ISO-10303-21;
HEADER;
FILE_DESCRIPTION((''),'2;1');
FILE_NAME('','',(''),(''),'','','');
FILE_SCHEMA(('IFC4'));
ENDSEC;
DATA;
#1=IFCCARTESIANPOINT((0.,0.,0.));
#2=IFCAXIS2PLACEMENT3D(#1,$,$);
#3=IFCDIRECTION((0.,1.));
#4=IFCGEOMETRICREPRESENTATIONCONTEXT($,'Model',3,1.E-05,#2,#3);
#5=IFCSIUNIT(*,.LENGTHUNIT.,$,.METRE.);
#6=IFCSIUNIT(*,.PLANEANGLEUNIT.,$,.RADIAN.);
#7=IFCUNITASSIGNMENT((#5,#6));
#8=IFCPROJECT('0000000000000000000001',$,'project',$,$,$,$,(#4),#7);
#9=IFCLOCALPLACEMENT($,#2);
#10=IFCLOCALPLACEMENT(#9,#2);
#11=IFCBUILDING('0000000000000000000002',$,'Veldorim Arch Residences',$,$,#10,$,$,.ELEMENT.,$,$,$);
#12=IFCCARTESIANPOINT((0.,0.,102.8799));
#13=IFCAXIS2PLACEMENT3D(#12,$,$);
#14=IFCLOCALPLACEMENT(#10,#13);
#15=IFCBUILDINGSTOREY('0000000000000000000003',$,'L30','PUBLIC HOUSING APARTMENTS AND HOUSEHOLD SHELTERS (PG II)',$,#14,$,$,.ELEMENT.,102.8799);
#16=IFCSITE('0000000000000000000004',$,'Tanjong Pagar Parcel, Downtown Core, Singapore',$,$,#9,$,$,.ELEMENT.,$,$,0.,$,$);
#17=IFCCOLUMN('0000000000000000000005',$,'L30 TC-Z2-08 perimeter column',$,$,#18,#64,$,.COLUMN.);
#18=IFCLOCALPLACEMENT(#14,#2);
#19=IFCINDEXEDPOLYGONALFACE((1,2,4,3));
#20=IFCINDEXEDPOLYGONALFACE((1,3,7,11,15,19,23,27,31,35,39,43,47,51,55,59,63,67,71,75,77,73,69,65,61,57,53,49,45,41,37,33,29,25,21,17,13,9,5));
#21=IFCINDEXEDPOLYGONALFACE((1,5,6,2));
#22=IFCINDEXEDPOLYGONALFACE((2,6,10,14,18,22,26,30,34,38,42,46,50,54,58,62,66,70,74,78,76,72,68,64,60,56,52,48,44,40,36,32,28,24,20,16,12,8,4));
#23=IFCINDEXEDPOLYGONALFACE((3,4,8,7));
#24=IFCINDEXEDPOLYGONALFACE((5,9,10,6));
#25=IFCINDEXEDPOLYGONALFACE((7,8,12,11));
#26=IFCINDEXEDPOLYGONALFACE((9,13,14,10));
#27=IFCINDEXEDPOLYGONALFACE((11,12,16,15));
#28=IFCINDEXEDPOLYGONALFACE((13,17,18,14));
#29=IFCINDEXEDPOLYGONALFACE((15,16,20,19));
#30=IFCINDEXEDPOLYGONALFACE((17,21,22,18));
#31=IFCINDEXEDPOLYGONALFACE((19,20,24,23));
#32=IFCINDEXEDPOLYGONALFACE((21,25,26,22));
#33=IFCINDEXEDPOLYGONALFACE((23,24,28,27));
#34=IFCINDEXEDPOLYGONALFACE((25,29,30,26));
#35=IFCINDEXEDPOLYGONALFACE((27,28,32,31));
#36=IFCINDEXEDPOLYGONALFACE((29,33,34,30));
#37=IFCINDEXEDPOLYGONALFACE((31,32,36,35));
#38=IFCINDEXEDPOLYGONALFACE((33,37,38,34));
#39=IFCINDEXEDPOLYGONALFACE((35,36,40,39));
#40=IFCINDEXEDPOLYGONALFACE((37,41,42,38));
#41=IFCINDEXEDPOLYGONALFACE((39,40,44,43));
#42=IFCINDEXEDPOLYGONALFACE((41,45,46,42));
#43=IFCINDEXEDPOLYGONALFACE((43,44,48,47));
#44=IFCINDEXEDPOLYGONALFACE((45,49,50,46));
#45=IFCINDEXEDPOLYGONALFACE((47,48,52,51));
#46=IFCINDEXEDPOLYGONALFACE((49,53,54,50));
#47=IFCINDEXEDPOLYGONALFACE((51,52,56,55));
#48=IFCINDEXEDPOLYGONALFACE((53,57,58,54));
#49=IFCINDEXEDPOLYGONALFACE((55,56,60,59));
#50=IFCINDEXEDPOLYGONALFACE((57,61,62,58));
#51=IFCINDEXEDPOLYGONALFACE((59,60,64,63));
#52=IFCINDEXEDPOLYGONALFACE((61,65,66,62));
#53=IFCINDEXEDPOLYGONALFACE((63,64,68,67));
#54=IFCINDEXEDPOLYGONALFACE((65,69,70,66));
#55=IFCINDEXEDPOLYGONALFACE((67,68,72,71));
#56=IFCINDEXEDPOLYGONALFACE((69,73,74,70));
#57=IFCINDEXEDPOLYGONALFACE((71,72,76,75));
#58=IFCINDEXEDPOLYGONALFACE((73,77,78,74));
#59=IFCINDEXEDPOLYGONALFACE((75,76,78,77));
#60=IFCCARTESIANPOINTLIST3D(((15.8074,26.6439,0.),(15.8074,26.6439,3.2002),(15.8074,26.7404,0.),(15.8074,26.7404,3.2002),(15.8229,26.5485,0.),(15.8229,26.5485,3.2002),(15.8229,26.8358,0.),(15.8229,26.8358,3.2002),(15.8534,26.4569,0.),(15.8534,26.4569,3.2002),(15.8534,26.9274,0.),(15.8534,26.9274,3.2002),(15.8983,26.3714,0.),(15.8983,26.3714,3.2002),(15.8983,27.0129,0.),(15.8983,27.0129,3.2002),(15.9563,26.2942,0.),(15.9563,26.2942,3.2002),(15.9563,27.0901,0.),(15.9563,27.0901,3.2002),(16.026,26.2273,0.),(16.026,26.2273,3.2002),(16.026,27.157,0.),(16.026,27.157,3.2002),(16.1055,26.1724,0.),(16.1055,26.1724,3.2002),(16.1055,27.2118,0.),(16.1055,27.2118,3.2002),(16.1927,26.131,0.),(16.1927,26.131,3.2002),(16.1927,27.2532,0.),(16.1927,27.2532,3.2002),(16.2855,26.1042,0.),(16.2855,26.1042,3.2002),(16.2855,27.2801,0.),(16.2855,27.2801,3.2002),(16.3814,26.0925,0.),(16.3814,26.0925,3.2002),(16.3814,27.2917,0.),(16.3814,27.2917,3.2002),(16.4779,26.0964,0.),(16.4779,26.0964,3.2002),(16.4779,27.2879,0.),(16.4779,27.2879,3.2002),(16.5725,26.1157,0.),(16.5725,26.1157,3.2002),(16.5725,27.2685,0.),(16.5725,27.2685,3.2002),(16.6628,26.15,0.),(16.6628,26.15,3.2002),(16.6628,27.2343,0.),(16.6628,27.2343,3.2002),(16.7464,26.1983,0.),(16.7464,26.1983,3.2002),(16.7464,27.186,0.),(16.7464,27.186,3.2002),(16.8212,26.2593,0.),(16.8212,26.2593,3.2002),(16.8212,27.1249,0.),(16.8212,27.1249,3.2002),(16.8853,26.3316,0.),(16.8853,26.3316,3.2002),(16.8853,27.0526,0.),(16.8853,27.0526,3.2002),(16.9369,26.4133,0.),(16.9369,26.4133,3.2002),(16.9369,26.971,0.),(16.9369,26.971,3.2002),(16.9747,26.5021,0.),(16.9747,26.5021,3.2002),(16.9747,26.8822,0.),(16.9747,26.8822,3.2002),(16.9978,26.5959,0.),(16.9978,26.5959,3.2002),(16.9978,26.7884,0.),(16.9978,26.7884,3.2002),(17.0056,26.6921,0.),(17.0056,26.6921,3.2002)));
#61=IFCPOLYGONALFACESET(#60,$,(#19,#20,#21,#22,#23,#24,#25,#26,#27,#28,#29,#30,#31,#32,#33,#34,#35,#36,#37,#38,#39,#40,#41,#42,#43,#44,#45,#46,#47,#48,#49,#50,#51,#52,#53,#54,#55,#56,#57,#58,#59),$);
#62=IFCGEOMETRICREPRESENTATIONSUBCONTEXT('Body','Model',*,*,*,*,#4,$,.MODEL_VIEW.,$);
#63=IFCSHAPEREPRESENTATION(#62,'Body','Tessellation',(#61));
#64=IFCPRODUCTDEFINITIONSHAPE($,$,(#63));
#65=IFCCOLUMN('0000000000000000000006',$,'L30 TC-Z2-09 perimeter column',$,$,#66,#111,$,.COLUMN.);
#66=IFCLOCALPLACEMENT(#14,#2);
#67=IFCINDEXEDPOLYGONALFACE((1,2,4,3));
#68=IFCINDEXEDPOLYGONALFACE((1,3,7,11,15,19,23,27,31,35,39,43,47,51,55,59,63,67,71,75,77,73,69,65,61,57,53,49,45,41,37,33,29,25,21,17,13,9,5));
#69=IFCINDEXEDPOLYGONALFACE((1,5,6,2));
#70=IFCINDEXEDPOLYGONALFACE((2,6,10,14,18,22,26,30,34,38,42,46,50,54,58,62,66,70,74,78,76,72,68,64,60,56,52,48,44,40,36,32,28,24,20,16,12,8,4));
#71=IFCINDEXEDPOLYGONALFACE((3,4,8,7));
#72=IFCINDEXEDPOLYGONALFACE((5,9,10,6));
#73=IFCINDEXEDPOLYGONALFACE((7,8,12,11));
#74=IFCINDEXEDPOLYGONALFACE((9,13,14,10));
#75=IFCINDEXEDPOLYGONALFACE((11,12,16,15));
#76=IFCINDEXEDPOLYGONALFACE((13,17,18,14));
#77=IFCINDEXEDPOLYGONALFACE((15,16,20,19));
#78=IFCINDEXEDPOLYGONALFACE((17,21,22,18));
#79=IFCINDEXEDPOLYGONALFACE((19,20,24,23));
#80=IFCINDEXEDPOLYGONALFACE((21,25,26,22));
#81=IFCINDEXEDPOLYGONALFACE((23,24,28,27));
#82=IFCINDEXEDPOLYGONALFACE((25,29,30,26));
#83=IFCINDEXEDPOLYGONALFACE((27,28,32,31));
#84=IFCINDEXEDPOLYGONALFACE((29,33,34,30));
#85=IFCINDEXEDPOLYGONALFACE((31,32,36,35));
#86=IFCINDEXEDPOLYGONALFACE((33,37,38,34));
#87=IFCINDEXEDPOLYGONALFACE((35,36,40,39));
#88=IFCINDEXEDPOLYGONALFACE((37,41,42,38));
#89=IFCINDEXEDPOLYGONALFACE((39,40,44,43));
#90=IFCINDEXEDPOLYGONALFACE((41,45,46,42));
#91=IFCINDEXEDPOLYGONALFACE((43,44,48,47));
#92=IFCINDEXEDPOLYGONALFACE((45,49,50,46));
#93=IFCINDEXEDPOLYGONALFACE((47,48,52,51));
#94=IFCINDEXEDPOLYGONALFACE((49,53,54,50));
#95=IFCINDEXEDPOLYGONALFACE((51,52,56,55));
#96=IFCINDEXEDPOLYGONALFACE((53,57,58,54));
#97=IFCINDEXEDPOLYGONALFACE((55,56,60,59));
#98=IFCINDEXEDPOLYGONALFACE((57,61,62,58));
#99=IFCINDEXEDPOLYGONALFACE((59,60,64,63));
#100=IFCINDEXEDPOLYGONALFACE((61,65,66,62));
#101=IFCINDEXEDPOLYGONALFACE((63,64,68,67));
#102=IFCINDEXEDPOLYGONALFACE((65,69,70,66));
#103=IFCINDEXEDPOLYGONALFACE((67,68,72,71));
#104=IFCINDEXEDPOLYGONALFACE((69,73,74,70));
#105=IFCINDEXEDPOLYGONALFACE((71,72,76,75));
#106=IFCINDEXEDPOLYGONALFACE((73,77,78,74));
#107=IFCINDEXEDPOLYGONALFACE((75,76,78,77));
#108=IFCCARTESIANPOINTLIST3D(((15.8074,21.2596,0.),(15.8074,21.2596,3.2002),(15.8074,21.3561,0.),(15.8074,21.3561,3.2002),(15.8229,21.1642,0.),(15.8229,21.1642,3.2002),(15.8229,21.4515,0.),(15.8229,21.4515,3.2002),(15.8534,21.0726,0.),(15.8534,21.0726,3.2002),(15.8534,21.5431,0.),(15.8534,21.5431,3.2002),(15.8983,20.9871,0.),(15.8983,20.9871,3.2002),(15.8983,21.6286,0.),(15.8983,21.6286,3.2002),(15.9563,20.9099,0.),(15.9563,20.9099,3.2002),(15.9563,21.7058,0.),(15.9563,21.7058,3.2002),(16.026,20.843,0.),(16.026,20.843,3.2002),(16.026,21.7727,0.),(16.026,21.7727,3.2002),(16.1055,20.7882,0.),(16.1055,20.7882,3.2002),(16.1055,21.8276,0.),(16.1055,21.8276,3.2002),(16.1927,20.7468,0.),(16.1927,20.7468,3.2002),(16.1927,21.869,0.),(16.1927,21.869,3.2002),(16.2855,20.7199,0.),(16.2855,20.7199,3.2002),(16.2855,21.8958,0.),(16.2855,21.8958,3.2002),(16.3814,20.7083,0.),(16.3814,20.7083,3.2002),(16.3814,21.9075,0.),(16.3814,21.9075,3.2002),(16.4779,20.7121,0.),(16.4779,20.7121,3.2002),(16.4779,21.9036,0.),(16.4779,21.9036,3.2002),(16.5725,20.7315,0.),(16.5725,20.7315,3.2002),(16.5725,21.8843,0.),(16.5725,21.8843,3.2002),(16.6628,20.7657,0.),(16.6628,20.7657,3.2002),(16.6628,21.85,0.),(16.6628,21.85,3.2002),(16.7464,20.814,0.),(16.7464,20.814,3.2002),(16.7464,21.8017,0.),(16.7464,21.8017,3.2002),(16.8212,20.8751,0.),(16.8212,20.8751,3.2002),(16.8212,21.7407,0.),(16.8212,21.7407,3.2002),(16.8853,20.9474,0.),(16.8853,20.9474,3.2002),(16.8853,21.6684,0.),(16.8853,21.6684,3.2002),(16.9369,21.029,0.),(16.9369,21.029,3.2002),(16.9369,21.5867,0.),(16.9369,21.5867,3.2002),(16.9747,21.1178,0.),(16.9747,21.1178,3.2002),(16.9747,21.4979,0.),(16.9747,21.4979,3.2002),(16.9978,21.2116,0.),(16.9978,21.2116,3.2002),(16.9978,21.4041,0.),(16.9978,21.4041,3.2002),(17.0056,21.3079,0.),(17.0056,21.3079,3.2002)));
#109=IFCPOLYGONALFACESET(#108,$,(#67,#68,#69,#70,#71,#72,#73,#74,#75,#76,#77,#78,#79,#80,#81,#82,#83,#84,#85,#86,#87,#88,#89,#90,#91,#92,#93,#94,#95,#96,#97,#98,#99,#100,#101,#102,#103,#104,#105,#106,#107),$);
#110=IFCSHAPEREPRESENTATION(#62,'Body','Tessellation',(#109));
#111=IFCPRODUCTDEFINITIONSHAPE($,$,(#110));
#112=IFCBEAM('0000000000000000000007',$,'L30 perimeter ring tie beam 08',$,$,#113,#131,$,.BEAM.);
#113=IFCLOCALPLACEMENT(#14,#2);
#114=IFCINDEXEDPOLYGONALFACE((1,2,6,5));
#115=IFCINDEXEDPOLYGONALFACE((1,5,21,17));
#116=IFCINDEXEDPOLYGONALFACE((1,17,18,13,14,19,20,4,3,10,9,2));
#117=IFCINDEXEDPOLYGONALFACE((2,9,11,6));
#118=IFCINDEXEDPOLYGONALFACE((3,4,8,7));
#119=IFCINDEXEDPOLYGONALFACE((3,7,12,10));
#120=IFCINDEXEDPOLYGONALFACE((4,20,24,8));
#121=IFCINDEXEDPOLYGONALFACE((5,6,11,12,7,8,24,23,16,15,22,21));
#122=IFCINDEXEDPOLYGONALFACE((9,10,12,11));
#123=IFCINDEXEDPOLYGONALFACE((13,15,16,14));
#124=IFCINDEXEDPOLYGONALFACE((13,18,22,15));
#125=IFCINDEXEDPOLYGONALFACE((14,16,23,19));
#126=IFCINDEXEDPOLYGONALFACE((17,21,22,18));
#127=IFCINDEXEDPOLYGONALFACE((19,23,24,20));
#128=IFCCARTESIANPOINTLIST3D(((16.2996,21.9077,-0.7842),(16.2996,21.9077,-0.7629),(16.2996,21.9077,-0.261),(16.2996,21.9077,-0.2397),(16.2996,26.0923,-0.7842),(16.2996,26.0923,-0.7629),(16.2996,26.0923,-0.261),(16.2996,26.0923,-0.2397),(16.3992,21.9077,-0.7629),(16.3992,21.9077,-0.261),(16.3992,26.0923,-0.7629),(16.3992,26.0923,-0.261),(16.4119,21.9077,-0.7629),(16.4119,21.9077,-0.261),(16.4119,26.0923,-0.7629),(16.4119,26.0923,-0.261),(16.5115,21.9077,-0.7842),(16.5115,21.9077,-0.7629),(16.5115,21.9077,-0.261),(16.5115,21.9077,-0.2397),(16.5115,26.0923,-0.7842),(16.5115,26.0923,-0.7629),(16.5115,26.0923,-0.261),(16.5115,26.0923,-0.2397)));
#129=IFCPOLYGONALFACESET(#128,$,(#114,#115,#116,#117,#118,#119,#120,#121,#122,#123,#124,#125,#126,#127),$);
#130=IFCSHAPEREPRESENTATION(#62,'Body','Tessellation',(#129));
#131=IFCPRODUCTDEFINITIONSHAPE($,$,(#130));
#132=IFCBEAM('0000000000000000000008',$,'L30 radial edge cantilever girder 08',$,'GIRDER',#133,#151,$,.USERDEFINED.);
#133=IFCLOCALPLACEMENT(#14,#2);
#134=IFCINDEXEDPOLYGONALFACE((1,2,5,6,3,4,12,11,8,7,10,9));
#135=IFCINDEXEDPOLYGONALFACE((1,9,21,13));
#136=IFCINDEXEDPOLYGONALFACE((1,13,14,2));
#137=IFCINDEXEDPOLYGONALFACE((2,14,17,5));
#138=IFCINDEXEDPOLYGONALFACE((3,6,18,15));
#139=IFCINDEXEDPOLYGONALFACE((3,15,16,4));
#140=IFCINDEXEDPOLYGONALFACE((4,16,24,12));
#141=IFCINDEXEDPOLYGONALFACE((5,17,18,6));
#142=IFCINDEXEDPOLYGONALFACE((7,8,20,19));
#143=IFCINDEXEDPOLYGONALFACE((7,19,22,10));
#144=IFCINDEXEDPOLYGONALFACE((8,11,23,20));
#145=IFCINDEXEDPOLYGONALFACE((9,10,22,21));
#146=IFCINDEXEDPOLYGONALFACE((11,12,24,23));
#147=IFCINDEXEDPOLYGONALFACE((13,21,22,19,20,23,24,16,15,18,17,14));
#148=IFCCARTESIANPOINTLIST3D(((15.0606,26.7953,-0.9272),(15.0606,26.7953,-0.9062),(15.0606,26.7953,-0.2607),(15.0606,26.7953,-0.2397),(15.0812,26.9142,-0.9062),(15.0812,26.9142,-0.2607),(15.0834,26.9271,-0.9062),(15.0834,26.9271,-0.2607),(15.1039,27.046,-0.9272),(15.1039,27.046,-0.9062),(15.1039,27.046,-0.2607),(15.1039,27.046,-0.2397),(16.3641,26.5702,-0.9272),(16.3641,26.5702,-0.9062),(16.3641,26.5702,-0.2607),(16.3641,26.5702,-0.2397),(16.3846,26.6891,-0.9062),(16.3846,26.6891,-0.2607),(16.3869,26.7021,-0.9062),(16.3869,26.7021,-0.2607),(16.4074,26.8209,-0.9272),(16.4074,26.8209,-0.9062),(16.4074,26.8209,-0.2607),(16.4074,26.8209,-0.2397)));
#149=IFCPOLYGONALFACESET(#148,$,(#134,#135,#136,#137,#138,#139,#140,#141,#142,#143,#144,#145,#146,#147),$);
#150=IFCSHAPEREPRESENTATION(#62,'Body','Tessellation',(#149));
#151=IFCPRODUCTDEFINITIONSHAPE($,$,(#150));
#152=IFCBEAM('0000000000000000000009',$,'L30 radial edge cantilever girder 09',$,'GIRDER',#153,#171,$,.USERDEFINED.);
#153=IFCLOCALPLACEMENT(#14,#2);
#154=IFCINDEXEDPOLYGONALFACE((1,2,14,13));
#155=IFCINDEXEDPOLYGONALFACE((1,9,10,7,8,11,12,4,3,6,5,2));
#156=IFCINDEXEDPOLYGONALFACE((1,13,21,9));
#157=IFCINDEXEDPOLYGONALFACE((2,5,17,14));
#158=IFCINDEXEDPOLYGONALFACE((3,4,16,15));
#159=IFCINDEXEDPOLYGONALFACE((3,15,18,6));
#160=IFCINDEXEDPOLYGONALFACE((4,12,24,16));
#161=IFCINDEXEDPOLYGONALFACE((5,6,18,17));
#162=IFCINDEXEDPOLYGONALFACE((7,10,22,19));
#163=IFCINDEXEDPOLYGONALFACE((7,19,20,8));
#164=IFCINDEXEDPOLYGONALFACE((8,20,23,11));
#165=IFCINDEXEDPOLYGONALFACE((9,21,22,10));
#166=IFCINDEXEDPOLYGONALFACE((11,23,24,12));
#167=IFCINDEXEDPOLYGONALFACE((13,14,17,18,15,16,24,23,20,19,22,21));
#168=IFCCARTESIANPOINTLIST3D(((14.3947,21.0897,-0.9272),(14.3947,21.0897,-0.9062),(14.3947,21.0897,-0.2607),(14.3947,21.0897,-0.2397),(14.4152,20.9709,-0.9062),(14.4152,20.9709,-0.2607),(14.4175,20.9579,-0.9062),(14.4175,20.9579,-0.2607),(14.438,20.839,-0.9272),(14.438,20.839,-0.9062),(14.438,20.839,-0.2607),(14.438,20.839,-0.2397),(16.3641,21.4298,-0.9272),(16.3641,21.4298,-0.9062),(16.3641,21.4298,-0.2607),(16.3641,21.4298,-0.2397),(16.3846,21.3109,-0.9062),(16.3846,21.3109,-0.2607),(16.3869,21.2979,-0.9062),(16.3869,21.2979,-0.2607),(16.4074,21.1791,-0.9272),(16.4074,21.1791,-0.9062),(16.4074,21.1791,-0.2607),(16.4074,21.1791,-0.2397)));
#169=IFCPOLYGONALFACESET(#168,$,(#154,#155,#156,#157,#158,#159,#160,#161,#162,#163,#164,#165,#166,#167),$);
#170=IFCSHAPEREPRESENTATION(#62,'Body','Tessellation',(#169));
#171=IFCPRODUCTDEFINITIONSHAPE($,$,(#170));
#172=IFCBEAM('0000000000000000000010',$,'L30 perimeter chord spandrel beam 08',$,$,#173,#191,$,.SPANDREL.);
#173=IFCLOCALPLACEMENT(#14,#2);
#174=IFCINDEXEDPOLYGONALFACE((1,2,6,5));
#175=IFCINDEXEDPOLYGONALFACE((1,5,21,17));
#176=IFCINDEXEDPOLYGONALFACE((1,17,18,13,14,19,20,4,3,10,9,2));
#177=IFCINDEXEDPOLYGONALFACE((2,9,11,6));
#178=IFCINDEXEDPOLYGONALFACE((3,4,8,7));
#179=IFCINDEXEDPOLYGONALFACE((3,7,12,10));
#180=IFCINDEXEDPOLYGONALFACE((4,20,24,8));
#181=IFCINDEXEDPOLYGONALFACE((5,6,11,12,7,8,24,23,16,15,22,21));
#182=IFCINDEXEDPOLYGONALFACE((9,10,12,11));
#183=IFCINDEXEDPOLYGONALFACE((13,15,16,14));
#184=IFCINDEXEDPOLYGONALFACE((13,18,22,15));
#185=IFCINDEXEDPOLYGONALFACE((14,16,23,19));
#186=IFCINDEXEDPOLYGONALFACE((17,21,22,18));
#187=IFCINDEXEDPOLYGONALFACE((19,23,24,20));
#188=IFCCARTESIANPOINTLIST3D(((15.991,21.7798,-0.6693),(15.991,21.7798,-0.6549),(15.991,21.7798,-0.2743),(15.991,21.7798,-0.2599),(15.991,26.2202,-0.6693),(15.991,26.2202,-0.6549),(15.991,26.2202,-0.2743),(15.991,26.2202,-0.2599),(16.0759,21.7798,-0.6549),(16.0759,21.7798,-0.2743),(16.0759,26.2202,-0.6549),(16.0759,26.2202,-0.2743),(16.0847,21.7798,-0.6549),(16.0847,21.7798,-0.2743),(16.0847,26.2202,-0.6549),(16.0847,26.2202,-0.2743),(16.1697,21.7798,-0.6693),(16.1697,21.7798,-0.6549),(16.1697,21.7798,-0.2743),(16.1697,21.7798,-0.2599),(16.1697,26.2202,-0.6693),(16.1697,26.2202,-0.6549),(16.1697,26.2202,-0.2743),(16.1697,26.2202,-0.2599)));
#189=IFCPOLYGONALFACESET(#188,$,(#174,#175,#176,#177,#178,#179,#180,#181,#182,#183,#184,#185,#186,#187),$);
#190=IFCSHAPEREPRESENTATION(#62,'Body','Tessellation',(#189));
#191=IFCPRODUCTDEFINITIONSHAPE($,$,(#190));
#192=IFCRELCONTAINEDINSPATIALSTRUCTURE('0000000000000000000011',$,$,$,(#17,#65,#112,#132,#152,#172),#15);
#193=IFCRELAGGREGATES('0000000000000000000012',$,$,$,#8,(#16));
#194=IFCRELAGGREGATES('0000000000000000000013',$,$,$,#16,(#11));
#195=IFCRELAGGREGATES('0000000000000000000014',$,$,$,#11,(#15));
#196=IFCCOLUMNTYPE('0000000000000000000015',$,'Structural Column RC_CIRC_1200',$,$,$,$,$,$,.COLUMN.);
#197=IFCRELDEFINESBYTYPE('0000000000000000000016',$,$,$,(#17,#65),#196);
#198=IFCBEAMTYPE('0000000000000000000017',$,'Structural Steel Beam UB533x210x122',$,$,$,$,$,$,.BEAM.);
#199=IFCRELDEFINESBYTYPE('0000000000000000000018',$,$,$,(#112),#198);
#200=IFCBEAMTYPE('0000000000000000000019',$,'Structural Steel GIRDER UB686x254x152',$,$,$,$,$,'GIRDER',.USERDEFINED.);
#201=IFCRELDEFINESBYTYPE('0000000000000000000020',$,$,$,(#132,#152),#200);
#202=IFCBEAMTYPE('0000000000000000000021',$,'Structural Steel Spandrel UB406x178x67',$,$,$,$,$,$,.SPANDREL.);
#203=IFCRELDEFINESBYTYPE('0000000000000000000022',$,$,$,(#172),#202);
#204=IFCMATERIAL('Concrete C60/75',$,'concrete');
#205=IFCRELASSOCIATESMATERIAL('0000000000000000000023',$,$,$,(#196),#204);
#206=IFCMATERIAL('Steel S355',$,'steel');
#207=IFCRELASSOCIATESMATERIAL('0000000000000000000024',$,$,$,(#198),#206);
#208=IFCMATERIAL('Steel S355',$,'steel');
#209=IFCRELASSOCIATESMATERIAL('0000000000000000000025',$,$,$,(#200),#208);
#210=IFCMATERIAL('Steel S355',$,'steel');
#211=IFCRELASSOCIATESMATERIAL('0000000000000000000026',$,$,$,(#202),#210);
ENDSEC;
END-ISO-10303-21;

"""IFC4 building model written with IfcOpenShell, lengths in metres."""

from ifc_helpers import new_model, si_unit, direction, frame, origin, origin_2d, place, context, subcontext, project, spatial, circle, i_section, extrude, material, material_profile, profile_set, type_object, element, save


model = new_model("IFC4")

# Units and contexts
model_context = context("Model", 3, precision=1e-05, world=origin(), true_north=direction((0.0, 1.0)))
body_context = subcontext(model_context, "Body", "Model", "MODEL_VIEW")
ifc_project = project(units=[si_unit("LENGTHUNIT", "METRE"), si_unit("PLANEANGLEUNIT", "RADIAN")], contexts=[model_context])

# Site, building, storey
site_placement = place(None, origin())
site = spatial("IfcSite", under=ifc_project, at=site_placement, Name="Tanjong Pagar Parcel, Downtown Core, Singapore", CompositionType="ELEMENT", RefElevation=0.0)
building_placement = place(site_placement, origin())
building = spatial("IfcBuilding", under=site, at=building_placement, Name="Veldorim Arch Residences", CompositionType="ELEMENT")
storey_placement = place(building_placement, frame((0.0, 0.0, 102.8799)))
storey = spatial("IfcBuildingStorey", under=building, at=storey_placement, Name="L30", Description="PUBLIC HOUSING APARTMENTS AND HOUSEHOLD SHELTERS (PG II)", CompositionType="ELEMENT", Elevation=102.8799)

# Columns
ifc_material_1 = material(Name="Concrete C60/75", Category="concrete")
ifc_material_profile_1 = material_profile(ifc_material_1, circle(Radius=0.6001, at=origin_2d()), Name="RC_CIRC_1200")
ifc_profile_set_1 = profile_set([ifc_material_profile_1], Name="Concrete C60/75")
column_type = type_object("IfcColumnType", Name="Structural Column RC_CIRC_1200", PredefinedType="COLUMN", material=ifc_profile_set_1)
for number, where, z_axis, x_axis, name in (
    (1, (16.4055, 26.6921, 0.0), (0.0, 0.0, 1.0), (1.0, 0.0, 0.0), "L30 TC-Z2-08 perimeter column"),
    (2, (16.4055, 21.3079, 0.0), (0.0, 0.0, 1.0), (1.0, 0.0, 0.0), "L30 TC-Z2-09 perimeter column"),
):
    element("IfcColumn", number, at=place(storey_placement, frame(where, z_axis=z_axis, x_axis=x_axis)), inside=storey, type_object=column_type, Name=name, PredefinedType="COLUMN", context=body_context, shape_type="SweptSolid", body=[
        extrude(circle(Radius=0.6001, at=origin_2d()), origin(), (0.0, 0.0, 1.0), 3.2002),
    ])

# Beams
ifc_material_2 = material(Name="Steel S355", Category="steel")
ifc_material_profile_2 = material_profile(ifc_material_2, i_section(OverallWidth=0.2119, OverallDepth=0.5444, WebThickness=0.0127, FlangeThickness=0.0212, at=origin_2d()), Name="UB533x210x122")
ifc_profile_set_2 = profile_set([ifc_material_profile_2], Name="Steel S355")
beam_type_1 = type_object("IfcBeamType", Name="Structural Steel Beam UB533x210x122", PredefinedType="BEAM", material=ifc_profile_set_2)
beam_1_placement = place(storey_placement, frame((16.4055, 26.0923, -0.512), z_axis=(0.0, -1.0, 0.0), x_axis=(1.0, 0.0, 0.0)))
element("IfcBeam", 3, at=beam_1_placement, inside=storey, type_object=beam_type_1, Name="L30 perimeter ring tie beam 08", PredefinedType="BEAM", context=body_context, shape_type="SweptSolid", body=[
    extrude(i_section(OverallWidth=0.2119, OverallDepth=0.5444, WebThickness=0.0127, FlangeThickness=0.0212, at=origin_2d()), origin(), (0.0, 0.0, 1.0), 4.1846),
])
ifc_material_3 = material(Name="Steel S355", Category="steel")
ifc_material_profile_3 = material_profile(ifc_material_3, i_section(OverallWidth=0.2544, OverallDepth=0.6875, WebThickness=0.0132, FlangeThickness=0.021, at=origin_2d()), Name="UB686x254x152")
ifc_profile_set_3 = profile_set([ifc_material_profile_3], Name="Steel S355")
beam_type_2 = type_object("IfcBeamType", Name="Structural Steel GIRDER UB686x254x152", ElementType="GIRDER", PredefinedType="USERDEFINED", material=ifc_profile_set_3)
beam_2_placement = place(storey_placement, frame((16.3857, 26.6956, -0.5835), z_axis=(-0.985414, 0.170173, 0.0), x_axis=(-0.170173, -0.985414, 0.0)))
element("IfcBeam", 4, at=beam_2_placement, inside=storey, type_object=beam_type_2, Name="L30 radial edge cantilever girder 08", ObjectType="GIRDER", PredefinedType="USERDEFINED", context=body_context, shape_type="SweptSolid", body=[
    extrude(i_section(OverallWidth=0.2544, OverallDepth=0.6875, WebThickness=0.0132, FlangeThickness=0.021, at=origin_2d()), origin(), (0.0, 0.0, 1.0), 1.3228),
])
beam_3_placement = place(storey_placement, frame((16.3857, 21.3044, -0.5835), z_axis=(-0.985416, -0.170161, 0.0), x_axis=(0.170161, -0.985416, 0.0)))
element("IfcBeam", 5, at=beam_3_placement, inside=storey, type_object=beam_type_2, Name="L30 radial edge cantilever girder 09", ObjectType="GIRDER", PredefinedType="USERDEFINED", context=body_context, shape_type="SweptSolid", body=[
    extrude(i_section(OverallWidth=0.2544, OverallDepth=0.6875, WebThickness=0.0132, FlangeThickness=0.021, at=origin_2d()), origin(), (0.0, 0.0, 1.0), 1.9985),
])
ifc_material_4 = material(Name="Steel S355", Category="steel")
ifc_material_profile_4 = material_profile(ifc_material_4, i_section(OverallWidth=0.1787, OverallDepth=0.4094, WebThickness=0.0088, FlangeThickness=0.0144, at=origin_2d()), Name="UB406x178x67")
ifc_profile_set_4 = profile_set([ifc_material_profile_4], Name="Steel S355")
beam_type_3 = type_object("IfcBeamType", Name="Structural Steel Spandrel UB406x178x67", PredefinedType="SPANDREL", material=ifc_profile_set_4)
beam_4_placement = place(storey_placement, frame((16.0803, 26.2202, -0.4646), z_axis=(0.0, -1.0, 0.0), x_axis=(1.0, 0.0, 0.0)))
element("IfcBeam", 6, at=beam_4_placement, inside=storey, type_object=beam_type_3, Name="L30 perimeter chord spandrel beam 08", PredefinedType="SPANDREL", context=body_context, shape_type="SweptSolid", body=[
    extrude(i_section(OverallWidth=0.1787, OverallDepth=0.4094, WebThickness=0.0088, FlangeThickness=0.0144, at=origin_2d()), origin(), (0.0, 0.0, 1.0), 4.4404),
])

save(model, "model.ifc")
